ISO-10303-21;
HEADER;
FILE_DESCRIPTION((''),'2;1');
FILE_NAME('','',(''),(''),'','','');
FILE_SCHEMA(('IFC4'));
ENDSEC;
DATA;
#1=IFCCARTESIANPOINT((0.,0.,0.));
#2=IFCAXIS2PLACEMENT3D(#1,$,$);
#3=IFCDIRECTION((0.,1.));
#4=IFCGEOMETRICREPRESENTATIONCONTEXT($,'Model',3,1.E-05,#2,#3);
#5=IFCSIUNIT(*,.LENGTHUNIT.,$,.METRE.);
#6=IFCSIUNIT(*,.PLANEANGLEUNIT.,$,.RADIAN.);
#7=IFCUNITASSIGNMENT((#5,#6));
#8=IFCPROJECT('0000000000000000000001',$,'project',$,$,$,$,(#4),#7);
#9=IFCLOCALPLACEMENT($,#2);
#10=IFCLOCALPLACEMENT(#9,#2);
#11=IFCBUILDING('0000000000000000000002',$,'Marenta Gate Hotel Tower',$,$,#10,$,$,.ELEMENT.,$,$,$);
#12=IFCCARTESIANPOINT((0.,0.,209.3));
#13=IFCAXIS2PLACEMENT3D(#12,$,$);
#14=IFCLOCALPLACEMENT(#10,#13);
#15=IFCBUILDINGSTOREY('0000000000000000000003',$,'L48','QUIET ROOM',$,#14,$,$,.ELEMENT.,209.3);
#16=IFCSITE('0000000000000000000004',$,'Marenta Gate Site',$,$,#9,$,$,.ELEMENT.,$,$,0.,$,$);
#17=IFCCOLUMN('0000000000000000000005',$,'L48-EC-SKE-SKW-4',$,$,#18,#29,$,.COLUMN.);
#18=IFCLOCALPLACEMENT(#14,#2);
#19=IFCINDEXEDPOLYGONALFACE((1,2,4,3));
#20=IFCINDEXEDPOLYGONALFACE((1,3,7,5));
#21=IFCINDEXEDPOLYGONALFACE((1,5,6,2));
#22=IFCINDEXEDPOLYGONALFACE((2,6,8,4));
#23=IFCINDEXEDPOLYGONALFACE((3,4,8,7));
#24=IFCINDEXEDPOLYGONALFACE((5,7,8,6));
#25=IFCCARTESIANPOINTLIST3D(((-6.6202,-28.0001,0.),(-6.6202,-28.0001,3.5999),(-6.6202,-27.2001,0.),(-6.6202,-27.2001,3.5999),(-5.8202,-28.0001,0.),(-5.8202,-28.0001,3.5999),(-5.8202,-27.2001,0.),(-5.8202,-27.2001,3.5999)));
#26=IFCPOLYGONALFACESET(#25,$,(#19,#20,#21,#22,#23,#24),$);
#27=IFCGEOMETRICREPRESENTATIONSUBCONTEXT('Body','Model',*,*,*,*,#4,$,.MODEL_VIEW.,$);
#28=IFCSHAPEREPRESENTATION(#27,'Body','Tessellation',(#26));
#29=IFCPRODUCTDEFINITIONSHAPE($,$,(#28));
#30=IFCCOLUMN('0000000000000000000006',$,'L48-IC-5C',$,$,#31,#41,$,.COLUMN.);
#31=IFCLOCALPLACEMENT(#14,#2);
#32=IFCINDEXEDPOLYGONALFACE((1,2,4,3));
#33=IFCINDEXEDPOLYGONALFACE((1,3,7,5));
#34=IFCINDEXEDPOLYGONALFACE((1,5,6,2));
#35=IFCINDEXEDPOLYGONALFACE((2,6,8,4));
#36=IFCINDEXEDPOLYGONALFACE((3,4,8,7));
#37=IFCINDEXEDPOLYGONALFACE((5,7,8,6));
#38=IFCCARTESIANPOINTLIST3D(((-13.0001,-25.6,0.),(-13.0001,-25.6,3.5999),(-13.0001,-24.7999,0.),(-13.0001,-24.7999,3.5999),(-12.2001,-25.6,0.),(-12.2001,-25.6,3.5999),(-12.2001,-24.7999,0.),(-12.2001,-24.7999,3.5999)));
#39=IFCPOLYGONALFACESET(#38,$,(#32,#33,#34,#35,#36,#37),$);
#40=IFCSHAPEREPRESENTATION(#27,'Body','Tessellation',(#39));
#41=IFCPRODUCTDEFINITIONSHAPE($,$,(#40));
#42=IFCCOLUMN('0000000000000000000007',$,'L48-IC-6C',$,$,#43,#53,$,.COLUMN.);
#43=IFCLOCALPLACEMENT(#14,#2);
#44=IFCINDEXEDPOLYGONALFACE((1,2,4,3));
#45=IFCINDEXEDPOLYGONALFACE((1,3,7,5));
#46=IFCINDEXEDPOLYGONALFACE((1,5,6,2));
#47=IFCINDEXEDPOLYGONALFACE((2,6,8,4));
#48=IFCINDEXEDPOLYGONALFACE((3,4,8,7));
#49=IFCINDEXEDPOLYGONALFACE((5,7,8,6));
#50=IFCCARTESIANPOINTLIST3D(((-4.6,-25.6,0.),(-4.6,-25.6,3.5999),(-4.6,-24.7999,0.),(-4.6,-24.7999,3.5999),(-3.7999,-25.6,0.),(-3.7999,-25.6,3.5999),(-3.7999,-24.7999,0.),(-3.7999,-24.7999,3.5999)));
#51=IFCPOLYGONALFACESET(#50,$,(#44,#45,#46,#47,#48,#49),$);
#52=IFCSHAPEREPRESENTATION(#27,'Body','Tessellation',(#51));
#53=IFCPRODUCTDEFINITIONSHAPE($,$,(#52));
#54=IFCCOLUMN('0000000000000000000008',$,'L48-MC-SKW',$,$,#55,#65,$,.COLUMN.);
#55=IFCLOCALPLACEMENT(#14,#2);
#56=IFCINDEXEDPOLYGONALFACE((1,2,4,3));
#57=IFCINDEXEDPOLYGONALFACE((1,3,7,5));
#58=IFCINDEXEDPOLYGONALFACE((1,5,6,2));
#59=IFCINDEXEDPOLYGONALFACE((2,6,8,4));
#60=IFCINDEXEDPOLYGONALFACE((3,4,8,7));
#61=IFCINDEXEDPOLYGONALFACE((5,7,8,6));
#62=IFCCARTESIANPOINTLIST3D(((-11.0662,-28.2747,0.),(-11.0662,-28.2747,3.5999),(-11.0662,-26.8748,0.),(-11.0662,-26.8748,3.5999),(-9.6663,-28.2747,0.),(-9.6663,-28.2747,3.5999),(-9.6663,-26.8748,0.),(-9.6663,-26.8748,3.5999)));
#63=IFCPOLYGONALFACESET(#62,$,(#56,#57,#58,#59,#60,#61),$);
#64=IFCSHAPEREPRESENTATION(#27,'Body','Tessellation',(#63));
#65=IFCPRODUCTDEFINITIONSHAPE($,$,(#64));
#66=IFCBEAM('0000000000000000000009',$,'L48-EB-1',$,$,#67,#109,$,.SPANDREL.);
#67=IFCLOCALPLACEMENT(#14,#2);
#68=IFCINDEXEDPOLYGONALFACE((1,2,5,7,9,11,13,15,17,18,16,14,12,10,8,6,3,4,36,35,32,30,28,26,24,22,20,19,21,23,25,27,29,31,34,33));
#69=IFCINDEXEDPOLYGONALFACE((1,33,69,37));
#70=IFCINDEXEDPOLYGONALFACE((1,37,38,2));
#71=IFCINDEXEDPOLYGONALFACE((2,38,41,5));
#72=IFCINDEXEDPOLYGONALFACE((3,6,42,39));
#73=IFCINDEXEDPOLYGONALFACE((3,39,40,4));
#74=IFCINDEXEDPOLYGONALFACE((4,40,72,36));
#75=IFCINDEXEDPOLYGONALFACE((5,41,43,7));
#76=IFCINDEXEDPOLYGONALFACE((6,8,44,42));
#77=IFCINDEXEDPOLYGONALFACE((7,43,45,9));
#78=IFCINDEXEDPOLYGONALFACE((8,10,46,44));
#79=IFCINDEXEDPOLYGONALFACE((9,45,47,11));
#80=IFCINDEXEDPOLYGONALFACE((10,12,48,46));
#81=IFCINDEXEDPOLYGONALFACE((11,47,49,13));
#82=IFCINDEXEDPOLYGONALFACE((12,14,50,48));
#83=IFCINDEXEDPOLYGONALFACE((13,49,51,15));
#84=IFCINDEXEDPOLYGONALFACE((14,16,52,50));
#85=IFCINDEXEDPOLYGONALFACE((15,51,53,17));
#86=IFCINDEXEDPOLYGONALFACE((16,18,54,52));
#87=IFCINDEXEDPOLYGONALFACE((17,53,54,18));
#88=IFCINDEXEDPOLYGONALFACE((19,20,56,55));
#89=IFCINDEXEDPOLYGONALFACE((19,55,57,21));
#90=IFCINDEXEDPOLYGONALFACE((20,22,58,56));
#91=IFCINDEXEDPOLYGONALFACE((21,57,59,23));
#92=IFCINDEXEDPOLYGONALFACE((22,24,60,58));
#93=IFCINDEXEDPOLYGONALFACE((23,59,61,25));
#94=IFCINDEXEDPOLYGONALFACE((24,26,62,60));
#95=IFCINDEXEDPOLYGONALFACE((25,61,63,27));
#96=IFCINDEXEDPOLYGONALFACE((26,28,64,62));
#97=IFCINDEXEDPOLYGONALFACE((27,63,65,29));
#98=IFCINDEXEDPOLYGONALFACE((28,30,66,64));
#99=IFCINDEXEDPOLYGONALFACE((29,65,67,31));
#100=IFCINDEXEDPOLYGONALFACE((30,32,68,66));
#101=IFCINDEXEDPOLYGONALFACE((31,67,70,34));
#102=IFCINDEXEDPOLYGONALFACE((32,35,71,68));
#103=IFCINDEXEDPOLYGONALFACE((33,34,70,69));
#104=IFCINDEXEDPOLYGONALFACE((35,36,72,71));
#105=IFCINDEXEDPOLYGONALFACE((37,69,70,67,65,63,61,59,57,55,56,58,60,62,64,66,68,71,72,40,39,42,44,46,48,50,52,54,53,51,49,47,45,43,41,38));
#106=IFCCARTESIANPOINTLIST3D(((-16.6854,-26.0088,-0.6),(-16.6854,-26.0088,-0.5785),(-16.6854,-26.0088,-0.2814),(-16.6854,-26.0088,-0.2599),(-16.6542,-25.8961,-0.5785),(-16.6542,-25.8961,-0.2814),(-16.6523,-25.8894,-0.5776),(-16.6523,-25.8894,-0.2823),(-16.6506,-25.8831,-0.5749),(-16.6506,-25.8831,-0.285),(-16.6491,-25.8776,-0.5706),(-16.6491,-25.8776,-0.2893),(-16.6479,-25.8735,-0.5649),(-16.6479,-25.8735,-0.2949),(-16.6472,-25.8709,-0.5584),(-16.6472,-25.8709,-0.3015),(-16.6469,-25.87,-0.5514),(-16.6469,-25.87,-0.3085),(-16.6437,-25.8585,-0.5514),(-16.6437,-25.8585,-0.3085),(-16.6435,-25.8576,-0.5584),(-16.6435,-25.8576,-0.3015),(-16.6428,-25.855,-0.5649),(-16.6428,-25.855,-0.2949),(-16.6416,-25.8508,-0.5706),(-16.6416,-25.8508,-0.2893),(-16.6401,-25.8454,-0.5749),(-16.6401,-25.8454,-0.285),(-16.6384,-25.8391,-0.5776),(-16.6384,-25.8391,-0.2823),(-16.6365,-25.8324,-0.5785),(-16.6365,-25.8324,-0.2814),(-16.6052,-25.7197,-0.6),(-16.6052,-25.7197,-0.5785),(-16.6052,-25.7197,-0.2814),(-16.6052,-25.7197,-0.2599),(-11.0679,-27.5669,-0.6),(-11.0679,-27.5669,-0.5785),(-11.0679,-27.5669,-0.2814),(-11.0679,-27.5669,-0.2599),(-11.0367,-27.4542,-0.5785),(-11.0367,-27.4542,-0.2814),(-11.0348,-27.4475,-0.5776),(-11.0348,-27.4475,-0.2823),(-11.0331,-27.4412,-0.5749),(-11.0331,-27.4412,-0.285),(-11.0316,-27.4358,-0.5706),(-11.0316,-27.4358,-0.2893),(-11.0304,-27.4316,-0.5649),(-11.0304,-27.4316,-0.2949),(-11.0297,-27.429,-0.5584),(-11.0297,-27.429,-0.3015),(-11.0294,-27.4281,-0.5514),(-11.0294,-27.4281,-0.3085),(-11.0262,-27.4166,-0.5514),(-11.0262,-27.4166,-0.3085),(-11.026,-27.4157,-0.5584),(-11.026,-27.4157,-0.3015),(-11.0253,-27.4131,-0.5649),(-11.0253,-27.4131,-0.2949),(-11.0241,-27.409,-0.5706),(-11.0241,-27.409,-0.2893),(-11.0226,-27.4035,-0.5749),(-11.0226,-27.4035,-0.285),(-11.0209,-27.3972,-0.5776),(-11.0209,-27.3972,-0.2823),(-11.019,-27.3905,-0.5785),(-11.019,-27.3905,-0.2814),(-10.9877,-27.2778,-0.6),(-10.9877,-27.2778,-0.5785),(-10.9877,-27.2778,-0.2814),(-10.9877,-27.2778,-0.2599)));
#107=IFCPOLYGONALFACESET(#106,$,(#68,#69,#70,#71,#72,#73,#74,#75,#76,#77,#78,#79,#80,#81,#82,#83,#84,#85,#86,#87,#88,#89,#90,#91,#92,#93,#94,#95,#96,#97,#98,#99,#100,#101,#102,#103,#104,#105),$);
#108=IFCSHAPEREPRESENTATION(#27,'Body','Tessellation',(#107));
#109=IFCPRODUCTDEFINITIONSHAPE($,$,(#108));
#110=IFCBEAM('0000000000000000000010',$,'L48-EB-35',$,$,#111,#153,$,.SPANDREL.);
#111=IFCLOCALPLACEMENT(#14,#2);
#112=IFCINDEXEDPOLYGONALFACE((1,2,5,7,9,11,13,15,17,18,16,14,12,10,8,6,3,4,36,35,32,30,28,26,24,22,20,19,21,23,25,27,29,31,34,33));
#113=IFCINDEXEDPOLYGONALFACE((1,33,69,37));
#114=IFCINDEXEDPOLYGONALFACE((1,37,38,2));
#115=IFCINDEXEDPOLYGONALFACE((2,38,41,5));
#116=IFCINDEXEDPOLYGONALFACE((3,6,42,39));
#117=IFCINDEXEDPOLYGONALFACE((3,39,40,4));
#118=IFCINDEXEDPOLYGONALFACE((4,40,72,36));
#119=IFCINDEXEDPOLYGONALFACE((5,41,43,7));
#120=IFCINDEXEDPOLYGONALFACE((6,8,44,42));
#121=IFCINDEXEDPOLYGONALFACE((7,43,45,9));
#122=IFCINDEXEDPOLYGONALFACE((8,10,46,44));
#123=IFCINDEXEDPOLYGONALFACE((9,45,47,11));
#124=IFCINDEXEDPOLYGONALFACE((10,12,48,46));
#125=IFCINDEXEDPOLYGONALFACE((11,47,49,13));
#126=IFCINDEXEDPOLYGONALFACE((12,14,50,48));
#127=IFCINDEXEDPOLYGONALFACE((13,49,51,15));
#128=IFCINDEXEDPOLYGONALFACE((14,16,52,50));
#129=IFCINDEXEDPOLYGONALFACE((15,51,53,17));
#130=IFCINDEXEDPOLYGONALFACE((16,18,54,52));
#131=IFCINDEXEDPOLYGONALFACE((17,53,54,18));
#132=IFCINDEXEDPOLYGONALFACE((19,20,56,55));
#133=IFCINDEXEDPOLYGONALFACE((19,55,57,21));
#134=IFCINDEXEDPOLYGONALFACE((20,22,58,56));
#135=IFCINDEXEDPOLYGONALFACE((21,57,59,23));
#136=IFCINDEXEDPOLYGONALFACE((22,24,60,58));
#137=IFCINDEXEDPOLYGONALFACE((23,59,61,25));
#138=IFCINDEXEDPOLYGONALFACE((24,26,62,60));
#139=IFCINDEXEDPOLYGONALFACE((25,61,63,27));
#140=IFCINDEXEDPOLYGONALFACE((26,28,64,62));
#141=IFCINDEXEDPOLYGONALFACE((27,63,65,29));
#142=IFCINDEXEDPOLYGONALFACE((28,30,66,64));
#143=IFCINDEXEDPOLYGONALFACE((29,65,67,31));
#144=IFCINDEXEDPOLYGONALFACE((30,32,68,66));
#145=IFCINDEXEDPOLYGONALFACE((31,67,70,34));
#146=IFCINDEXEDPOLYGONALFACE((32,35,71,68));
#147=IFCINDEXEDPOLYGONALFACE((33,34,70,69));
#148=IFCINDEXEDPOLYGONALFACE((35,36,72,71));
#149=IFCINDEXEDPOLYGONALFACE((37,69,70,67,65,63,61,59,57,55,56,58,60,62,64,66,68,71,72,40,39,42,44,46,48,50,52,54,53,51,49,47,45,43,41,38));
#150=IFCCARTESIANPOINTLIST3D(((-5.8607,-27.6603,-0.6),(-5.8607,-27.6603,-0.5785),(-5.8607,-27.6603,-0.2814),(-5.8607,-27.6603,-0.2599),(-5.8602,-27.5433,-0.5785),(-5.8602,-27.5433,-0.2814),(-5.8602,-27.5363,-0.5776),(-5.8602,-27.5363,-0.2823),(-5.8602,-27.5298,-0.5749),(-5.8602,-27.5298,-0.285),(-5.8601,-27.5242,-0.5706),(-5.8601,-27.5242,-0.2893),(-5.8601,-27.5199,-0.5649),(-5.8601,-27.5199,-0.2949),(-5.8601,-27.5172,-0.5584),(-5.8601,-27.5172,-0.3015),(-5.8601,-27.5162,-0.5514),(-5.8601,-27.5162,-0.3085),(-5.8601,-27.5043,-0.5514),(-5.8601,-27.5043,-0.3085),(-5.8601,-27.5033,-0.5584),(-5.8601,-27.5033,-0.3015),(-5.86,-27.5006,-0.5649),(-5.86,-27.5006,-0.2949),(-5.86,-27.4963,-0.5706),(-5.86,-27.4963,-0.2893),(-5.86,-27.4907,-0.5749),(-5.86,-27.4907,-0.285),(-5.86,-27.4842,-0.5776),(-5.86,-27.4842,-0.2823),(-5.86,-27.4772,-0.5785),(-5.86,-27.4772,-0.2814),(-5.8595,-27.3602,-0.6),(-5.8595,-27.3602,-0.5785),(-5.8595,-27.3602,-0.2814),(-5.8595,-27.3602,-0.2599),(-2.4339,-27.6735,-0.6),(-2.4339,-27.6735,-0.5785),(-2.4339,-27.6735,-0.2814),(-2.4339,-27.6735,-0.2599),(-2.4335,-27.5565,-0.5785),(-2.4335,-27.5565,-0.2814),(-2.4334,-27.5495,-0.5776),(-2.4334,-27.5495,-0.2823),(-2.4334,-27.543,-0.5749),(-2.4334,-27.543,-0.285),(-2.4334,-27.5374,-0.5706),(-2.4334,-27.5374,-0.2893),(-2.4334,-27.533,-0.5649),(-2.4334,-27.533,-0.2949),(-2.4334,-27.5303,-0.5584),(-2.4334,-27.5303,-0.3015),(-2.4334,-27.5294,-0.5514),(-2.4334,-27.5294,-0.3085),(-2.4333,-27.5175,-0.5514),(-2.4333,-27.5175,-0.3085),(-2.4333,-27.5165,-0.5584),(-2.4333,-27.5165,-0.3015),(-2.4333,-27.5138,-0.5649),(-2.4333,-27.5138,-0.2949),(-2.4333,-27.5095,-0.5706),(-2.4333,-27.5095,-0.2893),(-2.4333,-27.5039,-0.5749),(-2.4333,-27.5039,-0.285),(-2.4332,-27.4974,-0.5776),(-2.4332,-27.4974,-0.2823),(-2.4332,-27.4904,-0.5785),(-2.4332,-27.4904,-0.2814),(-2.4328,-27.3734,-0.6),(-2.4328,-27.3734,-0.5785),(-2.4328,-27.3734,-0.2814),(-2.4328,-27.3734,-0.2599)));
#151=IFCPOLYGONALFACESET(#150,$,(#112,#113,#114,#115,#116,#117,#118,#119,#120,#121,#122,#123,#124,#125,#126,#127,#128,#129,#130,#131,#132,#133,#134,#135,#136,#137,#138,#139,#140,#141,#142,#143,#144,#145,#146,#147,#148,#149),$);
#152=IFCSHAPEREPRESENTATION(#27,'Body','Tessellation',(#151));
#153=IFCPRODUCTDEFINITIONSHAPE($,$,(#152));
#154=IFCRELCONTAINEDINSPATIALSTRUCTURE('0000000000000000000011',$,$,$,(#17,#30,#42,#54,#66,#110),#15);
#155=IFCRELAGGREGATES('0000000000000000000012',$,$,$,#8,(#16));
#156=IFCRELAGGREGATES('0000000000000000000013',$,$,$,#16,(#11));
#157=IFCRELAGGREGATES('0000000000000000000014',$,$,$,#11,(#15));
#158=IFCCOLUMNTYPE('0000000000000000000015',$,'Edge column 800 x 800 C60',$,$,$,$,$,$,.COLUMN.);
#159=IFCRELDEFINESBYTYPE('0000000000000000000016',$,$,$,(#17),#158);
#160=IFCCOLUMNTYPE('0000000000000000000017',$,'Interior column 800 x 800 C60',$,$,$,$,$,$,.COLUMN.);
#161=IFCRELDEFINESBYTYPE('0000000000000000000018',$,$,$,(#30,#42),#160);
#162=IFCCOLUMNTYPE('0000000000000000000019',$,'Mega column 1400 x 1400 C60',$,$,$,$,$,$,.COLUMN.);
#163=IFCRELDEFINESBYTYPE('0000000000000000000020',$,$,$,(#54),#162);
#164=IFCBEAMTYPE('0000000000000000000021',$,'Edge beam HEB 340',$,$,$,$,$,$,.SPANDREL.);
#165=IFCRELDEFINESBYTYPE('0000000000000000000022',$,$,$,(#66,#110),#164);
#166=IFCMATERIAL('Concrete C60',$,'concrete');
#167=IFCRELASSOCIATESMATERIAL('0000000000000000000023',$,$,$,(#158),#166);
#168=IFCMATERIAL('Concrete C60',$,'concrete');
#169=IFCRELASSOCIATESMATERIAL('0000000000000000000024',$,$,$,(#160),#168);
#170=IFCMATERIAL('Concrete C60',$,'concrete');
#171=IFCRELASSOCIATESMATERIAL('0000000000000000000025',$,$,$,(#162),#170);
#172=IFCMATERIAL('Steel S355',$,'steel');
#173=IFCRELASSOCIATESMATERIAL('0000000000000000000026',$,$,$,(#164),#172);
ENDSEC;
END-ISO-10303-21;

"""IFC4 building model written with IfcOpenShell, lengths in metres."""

from ifc_helpers import new_model, si_unit, direction, frame, origin, origin_2d, place, context, subcontext, project, spatial, rectangle, i_section, extrude, material, material_profile, profile_set, type_object, element, save


model = new_model("IFC4")

# Units and contexts
model_context = context("Model", 3, precision=1e-05, world=origin(), true_north=direction((0.0, 1.0)))
body_context = subcontext(model_context, "Body", "Model", "MODEL_VIEW")
ifc_project = project(units=[si_unit("LENGTHUNIT", "METRE"), si_unit("PLANEANGLEUNIT", "RADIAN")], contexts=[model_context])

# Site, building, storey
site_placement = place(None, origin())
site = spatial("IfcSite", under=ifc_project, at=site_placement, Name="Marenta Gate Site", CompositionType="ELEMENT", RefElevation=0.0)
building_placement = place(site_placement, origin())
building = spatial("IfcBuilding", under=site, at=building_placement, Name="Marenta Gate Hotel Tower", CompositionType="ELEMENT")
storey_placement = place(building_placement, frame((0.0, 0.0, 209.3)))
storey = spatial("IfcBuildingStorey", under=building, at=storey_placement, Name="L48", Description="QUIET ROOM", CompositionType="ELEMENT", Elevation=209.3)

# Columns
ifc_material_1 = material(Name="Concrete C60", Category="concrete")
ifc_material_profile_1 = material_profile(ifc_material_1, rectangle(XDim=0.8, YDim=0.8, at=origin_2d()), Name="800 x 800")
ifc_profile_set_1 = profile_set([ifc_material_profile_1], Name="Concrete C60")
column_type_1 = type_object("IfcColumnType", Name="Edge column 800 x 800 C60", PredefinedType="COLUMN", material=ifc_profile_set_1)
column_1_placement = place(storey_placement, frame((-6.2202, -27.6001, 0.0), z_axis=(0.0, 0.0, 1.0), x_axis=(1.0, 0.0, 0.0)))
element("IfcColumn", 1, at=column_1_placement, inside=storey, type_object=column_type_1, Name="L48-EC-SKE-SKW-4", PredefinedType="COLUMN", context=body_context, shape_type="SweptSolid", body=[
    extrude(rectangle(XDim=0.8, YDim=0.8, at=origin_2d()), origin(), (0.0, 0.0, 1.0), 3.5999),
])
ifc_material_2 = material(Name="Concrete C60", Category="concrete")
ifc_material_profile_2 = material_profile(ifc_material_2, rectangle(XDim=0.8, YDim=0.8, at=origin_2d()), Name="800 x 800")
ifc_profile_set_2 = profile_set([ifc_material_profile_2], Name="Concrete C60")
column_type_2 = type_object("IfcColumnType", Name="Interior column 800 x 800 C60", PredefinedType="COLUMN", material=ifc_profile_set_2)
for number, where, z_axis, x_axis, name in (
    (2, (-12.6001, -25.2, 0.0), (0.0, 0.0, 1.0), (1.0, 0.0, 0.0), "L48-IC-5C"),
    (3, (-4.2, -25.2, 0.0), (0.0, 0.0, 1.0), (1.0, 0.0, 0.0), "L48-IC-6C"),
):
    element("IfcColumn", number, at=place(storey_placement, frame(where, z_axis=z_axis, x_axis=x_axis)), inside=storey, type_object=column_type_2, Name=name, PredefinedType="COLUMN", context=body_context, shape_type="SweptSolid", body=[
        extrude(rectangle(XDim=0.8, YDim=0.8, at=origin_2d()), origin(), (0.0, 0.0, 1.0), 3.5999),
    ])
ifc_material_3 = material(Name="Concrete C60", Category="concrete")
ifc_material_profile_3 = material_profile(ifc_material_3, rectangle(XDim=1.3999, YDim=1.3999, at=origin_2d()), Name="1400 x 1400")
ifc_profile_set_3 = profile_set([ifc_material_profile_3], Name="Concrete C60")
column_type_3 = type_object("IfcColumnType", Name="Mega column 1400 x 1400 C60", PredefinedType="COLUMN", material=ifc_profile_set_3)
column_2_placement = place(storey_placement, frame((-10.3662, -27.5747, 0.0), z_axis=(0.0, 0.0, 1.0), x_axis=(1.0, 0.0, 0.0)))
element("IfcColumn", 4, at=column_2_placement, inside=storey, type_object=column_type_3, Name="L48-MC-SKW", PredefinedType="COLUMN", context=body_context, shape_type="SweptSolid", body=[
    extrude(rectangle(XDim=1.3999, YDim=1.3999, at=origin_2d()), origin(), (0.0, 0.0, 1.0), 3.5999),
])

# Beams
ifc_material_4 = material(Name="Steel S355", Category="steel")
ifc_material_profile_4 = material_profile(ifc_material_4, i_section(OverallWidth=0.3, OverallDepth=0.3401, WebThickness=0.012, FlangeThickness=0.0215, FilletRadius=0.0271, at=origin_2d()), Name="HEB 340")
ifc_profile_set_4 = profile_set([ifc_material_profile_4], Name="Steel S355")
beam_type_1 = type_object("IfcBeamType", Name="Edge beam HEB 340", PredefinedType="SPANDREL", material=ifc_profile_set_4)
beam_1_placement = place(storey_placement, frame((-11.0278, -27.4224, -0.4299), z_axis=(-0.963619, 0.267279, 0.0), x_axis=(-0.267279, -0.963619, 0.0)))
element("IfcBeam", 5, at=beam_1_placement, inside=storey, type_object=beam_type_1, Name="L48-EB-1", PredefinedType="SPANDREL", context=body_context, shape_type="SweptSolid", body=[
    extrude(i_section(OverallWidth=0.3, OverallDepth=0.3401, WebThickness=0.012, FlangeThickness=0.0215, FilletRadius=0.0271, at=origin_2d()), origin(), (0.0, 0.0, 1.0), 5.8296),
])
beam_2_placement = place(storey_placement, frame((-2.4333, -27.5234, -0.4299), z_axis=(-0.999993, 0.003847, 0.0), x_axis=(-0.003847, -0.999993, 0.0)))
element("IfcBeam", 6, at=beam_2_placement, inside=storey, type_object=beam_type_1, Name="L48-EB-35", PredefinedType="SPANDREL", context=body_context, shape_type="SweptSolid", body=[
    extrude(i_section(OverallWidth=0.3, OverallDepth=0.3401, WebThickness=0.012, FlangeThickness=0.0215, FilletRadius=0.0271, at=origin_2d()), origin(), (0.0, 0.0, 1.0), 3.4268),
])

save(model, "model.ifc")
